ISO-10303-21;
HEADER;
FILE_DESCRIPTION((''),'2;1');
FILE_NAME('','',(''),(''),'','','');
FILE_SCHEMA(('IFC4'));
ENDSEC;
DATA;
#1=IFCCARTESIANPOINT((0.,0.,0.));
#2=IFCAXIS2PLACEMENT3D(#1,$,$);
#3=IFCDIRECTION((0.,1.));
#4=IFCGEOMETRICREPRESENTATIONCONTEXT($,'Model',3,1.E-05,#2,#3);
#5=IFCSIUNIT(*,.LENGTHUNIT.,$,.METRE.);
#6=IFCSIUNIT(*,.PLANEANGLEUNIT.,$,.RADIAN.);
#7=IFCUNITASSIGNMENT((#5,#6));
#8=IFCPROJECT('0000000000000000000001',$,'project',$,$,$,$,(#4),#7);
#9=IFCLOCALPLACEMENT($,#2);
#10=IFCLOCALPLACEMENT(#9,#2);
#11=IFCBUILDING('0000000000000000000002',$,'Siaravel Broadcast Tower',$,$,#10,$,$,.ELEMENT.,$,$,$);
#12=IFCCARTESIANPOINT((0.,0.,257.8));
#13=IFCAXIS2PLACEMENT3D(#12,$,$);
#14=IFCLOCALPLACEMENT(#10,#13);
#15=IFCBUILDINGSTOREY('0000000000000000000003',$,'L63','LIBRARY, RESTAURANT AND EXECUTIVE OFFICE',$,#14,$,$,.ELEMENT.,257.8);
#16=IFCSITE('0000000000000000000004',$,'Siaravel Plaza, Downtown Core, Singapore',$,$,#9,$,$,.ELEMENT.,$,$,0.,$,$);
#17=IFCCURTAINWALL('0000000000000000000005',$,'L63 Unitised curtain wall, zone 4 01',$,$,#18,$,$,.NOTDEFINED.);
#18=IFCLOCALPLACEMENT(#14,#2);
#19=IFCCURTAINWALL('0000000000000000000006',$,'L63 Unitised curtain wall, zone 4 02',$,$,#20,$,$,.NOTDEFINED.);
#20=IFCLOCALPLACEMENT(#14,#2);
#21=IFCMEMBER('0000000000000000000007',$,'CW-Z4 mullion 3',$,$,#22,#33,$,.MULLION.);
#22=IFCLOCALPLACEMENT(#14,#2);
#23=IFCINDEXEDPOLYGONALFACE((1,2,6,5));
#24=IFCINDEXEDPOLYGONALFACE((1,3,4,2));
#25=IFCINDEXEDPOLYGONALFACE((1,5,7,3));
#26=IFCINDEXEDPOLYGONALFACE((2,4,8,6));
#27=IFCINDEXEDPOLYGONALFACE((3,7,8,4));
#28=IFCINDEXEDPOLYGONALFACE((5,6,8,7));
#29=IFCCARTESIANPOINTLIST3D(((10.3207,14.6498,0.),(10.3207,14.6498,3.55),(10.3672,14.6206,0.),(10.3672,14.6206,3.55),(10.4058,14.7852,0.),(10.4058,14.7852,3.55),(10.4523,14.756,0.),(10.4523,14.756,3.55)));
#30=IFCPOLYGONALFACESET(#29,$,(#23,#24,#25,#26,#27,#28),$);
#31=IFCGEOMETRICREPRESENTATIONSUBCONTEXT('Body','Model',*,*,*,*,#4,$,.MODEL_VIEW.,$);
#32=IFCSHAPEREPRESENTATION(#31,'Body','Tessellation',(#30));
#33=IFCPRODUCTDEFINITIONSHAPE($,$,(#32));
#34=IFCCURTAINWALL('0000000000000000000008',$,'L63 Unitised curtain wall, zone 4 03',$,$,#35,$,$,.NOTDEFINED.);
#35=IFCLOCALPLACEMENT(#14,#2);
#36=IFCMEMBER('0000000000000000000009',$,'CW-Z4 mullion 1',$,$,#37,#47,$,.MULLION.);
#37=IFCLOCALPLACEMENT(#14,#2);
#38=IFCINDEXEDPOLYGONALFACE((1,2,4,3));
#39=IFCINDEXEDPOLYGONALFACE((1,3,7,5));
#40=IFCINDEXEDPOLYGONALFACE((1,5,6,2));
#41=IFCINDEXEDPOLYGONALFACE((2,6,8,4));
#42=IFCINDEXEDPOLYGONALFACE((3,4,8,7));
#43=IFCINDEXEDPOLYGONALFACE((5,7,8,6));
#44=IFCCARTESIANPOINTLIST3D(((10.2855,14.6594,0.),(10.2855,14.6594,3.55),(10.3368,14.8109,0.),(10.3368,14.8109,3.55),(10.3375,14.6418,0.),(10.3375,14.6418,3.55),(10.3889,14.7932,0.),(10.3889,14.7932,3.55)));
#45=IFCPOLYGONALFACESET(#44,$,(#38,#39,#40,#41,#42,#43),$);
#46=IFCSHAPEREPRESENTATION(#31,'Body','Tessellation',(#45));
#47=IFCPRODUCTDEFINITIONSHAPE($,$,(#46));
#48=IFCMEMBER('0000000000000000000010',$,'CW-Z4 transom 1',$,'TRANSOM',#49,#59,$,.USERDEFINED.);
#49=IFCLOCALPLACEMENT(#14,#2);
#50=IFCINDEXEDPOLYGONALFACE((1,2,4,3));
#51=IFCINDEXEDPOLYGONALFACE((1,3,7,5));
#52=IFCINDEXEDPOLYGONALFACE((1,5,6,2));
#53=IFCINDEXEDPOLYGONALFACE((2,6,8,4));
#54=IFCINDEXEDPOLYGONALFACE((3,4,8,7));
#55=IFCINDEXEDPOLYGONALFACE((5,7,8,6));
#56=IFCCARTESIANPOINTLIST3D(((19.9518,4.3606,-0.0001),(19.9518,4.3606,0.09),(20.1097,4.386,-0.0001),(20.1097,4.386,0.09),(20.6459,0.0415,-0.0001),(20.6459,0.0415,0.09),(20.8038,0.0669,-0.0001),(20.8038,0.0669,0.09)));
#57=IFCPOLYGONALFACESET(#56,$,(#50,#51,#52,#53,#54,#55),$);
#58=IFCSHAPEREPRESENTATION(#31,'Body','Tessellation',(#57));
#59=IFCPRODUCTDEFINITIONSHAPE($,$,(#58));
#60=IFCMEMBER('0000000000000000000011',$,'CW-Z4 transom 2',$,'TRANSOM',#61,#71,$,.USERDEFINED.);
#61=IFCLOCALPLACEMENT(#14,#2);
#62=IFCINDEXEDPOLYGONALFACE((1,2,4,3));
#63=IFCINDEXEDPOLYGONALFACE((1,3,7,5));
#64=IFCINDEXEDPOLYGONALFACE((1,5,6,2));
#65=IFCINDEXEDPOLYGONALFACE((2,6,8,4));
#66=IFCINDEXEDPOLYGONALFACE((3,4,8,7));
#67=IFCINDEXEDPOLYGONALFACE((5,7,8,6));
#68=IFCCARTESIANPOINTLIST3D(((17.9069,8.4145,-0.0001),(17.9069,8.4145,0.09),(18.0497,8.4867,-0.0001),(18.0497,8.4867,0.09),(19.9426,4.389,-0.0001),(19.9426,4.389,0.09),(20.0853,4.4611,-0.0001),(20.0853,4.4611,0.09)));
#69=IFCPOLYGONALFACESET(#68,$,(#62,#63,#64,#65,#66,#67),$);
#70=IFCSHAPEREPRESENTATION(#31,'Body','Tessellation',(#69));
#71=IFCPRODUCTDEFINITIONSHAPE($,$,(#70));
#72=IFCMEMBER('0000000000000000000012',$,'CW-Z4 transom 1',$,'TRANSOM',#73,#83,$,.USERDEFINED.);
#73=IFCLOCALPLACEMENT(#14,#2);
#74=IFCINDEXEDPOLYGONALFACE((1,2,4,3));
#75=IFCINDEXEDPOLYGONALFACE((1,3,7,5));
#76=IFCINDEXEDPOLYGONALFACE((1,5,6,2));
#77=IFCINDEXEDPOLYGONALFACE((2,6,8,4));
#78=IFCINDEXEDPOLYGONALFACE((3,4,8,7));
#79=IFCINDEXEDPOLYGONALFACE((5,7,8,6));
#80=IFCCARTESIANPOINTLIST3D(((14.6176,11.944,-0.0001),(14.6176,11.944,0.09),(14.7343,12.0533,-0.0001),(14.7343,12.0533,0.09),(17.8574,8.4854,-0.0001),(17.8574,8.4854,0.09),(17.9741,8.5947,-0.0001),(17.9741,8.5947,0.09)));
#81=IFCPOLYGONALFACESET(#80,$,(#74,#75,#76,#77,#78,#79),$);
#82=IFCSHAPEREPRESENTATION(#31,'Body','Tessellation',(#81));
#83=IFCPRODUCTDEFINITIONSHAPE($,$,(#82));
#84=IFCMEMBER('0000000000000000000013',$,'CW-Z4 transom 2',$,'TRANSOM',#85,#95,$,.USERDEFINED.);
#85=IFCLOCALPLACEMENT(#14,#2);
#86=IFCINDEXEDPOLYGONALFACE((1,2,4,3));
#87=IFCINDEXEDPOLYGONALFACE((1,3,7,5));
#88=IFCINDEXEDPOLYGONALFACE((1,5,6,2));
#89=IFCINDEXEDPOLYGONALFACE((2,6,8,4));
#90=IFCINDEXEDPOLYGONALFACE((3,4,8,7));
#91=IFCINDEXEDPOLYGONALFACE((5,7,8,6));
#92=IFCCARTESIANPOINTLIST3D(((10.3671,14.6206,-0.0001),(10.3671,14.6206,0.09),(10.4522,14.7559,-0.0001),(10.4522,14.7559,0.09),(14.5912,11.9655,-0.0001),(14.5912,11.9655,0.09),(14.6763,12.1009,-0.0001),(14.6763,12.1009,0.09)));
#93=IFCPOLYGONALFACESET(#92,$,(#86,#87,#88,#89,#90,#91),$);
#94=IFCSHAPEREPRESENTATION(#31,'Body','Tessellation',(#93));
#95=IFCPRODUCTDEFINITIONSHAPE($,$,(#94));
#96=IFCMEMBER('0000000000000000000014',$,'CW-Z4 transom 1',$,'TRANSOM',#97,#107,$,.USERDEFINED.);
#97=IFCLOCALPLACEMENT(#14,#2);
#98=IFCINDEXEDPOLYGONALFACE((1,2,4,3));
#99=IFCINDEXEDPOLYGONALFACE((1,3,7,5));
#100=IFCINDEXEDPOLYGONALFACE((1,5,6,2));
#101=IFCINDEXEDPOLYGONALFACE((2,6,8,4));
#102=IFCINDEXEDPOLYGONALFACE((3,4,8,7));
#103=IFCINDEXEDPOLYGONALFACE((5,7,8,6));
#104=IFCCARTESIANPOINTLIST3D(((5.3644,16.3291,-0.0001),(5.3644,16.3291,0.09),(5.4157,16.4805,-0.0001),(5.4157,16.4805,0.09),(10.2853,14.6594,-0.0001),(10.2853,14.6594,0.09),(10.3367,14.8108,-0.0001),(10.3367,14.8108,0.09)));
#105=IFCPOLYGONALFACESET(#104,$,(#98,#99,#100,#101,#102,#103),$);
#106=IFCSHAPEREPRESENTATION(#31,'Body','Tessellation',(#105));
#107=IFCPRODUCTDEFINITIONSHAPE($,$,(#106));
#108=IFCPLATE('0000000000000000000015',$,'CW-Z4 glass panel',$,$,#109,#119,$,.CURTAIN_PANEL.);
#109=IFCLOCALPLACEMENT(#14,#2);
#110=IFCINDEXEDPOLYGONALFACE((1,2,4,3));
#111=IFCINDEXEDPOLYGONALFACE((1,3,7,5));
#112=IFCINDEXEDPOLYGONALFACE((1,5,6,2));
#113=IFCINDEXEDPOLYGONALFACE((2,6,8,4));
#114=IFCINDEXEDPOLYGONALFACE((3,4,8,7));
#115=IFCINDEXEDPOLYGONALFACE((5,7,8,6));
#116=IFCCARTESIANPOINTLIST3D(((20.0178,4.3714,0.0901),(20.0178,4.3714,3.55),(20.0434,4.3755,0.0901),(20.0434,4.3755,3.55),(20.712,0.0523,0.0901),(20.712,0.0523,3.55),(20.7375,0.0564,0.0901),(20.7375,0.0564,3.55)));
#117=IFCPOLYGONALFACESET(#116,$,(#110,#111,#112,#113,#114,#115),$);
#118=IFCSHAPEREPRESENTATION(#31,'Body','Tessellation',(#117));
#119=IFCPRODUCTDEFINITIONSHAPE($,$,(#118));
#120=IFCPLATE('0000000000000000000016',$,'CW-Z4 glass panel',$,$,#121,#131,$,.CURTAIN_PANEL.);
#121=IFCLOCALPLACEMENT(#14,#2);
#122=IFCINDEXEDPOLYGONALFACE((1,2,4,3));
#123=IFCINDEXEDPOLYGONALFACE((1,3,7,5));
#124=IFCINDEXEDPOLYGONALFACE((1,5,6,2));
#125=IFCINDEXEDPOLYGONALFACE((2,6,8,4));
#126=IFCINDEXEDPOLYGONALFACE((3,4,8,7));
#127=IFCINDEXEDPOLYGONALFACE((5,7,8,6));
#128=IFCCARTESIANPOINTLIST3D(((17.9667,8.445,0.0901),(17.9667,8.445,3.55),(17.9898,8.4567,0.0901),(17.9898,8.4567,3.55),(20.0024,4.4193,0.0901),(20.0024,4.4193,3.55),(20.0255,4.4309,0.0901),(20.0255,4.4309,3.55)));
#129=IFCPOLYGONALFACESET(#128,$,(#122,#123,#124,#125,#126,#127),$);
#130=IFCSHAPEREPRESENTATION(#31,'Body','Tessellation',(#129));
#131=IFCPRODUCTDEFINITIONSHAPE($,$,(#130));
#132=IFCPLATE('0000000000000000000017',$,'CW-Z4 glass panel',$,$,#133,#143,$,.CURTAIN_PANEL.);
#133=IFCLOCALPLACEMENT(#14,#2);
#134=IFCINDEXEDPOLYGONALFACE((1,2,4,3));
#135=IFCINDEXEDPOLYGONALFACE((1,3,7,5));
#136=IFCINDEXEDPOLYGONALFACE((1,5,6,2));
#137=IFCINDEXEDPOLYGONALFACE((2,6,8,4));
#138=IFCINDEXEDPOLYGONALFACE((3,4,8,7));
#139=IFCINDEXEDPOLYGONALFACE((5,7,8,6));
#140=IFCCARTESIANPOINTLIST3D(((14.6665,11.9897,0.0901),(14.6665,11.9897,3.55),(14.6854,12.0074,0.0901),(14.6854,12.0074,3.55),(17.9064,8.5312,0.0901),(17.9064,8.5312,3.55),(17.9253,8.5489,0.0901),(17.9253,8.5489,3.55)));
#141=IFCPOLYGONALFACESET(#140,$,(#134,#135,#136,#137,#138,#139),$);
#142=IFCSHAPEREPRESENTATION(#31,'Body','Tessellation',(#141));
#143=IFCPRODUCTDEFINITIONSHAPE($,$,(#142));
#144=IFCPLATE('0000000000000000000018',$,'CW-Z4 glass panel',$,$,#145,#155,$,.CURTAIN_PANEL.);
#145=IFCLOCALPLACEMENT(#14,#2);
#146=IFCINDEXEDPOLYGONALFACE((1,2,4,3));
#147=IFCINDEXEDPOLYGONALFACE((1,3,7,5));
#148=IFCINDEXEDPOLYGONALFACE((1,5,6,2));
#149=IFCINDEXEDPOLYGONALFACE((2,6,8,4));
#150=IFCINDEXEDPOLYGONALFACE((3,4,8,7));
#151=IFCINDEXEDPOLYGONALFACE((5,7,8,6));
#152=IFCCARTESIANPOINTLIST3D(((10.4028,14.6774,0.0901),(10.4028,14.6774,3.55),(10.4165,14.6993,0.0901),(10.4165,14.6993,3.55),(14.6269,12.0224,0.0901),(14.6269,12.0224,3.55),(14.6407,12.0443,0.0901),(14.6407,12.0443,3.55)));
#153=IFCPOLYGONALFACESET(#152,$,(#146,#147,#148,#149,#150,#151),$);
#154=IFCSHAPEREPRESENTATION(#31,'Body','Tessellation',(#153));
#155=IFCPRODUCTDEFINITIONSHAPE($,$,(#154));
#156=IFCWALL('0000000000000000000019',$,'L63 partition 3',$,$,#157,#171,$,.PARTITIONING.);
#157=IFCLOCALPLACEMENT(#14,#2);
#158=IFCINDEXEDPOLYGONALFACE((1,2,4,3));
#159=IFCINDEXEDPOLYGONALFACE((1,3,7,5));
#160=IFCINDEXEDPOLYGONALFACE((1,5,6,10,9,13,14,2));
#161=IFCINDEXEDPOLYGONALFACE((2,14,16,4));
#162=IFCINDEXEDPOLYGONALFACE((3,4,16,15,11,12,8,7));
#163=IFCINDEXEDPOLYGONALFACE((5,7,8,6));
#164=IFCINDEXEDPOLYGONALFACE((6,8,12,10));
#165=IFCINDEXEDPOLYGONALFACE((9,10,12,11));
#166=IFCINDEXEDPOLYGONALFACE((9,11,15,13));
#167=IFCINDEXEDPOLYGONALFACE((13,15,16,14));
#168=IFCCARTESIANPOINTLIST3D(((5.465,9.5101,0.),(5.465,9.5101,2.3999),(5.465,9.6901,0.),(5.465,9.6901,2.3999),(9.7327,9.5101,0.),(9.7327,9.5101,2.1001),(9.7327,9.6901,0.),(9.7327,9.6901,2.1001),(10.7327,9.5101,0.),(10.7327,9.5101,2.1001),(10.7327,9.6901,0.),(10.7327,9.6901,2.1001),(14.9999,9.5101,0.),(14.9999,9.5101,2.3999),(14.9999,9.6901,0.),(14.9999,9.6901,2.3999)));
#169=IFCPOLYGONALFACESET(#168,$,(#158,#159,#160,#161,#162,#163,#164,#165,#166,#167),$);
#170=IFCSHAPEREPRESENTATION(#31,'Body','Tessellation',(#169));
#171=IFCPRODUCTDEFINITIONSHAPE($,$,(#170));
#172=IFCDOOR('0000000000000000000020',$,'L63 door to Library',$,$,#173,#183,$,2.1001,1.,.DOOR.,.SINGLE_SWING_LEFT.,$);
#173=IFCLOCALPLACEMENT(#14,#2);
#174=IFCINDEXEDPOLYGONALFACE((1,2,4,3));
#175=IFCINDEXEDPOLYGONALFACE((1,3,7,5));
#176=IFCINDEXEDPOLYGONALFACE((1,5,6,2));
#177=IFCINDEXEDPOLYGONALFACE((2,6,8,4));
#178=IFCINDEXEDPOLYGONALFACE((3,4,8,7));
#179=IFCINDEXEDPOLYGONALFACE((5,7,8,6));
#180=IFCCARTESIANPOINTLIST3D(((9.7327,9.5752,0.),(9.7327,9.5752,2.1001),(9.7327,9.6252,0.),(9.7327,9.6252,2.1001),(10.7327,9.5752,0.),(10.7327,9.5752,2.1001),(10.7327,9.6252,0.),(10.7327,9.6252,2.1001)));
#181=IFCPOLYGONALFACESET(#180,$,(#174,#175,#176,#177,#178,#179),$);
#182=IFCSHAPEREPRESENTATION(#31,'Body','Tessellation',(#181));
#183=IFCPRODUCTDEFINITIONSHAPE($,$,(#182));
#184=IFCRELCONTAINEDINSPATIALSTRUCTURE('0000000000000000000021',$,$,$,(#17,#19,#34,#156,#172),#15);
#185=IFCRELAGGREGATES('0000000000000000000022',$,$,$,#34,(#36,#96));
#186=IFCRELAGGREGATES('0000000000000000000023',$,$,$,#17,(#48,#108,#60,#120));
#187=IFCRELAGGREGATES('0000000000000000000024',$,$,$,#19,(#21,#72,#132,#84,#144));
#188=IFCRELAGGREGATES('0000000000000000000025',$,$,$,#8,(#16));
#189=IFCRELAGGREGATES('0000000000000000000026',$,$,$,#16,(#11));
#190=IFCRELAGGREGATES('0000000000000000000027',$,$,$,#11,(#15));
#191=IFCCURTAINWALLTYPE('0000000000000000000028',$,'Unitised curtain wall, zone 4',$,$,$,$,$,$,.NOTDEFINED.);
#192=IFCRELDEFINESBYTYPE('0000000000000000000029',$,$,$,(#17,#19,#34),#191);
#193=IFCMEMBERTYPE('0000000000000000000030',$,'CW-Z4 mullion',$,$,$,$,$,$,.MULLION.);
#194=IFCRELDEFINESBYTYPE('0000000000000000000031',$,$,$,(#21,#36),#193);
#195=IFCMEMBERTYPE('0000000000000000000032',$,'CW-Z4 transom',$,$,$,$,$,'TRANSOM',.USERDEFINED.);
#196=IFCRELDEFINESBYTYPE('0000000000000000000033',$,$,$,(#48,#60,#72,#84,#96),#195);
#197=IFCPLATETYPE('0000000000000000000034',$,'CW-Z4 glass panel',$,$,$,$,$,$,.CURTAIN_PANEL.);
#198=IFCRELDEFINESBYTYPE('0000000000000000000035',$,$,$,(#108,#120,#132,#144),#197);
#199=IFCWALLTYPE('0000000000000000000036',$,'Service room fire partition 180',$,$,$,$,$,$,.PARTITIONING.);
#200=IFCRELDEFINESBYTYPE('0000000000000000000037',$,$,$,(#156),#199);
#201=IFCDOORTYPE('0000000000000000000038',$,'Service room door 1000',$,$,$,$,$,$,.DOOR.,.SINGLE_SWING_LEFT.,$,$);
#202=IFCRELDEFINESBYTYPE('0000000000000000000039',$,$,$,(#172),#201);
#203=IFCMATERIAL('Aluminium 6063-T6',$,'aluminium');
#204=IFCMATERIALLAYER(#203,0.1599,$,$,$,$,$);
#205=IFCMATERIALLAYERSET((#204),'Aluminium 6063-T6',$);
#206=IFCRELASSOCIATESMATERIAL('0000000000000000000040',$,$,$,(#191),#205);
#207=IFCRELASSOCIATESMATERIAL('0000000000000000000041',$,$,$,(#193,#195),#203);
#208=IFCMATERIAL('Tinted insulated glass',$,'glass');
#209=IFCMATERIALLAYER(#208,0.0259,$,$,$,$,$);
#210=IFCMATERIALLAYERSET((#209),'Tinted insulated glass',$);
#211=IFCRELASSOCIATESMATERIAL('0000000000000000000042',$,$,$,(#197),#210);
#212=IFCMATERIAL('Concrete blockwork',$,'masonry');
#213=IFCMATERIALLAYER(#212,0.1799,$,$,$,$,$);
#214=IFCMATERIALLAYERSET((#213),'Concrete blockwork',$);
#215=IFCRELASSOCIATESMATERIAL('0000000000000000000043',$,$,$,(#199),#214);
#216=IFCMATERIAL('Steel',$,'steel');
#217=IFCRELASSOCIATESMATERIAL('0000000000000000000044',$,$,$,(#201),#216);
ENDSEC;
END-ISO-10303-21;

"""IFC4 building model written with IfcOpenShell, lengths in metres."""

from ifc_helpers import new_model, si_unit, direction, frame, frame_2d, origin, origin_2d, place, context, subcontext, project, spatial, rectangle, extrude, material, layer, layer_set, material_profile, profile_set, type_object, element, fill, aggregate, save


model = new_model("IFC4")

# Units and contexts
model_context = context("Model", 3, precision=1e-05, world=origin(), true_north=direction((0.0, 1.0)))
body_context = subcontext(model_context, "Body", "Model", "MODEL_VIEW")
ifc_project = project(units=[si_unit("LENGTHUNIT", "METRE"), si_unit("PLANEANGLEUNIT", "RADIAN")], contexts=[model_context])

# Site, building, storey
site_placement = place(None, origin())
site = spatial("IfcSite", under=ifc_project, at=site_placement, Name="Siaravel Plaza, Downtown Core, Singapore", CompositionType="ELEMENT", RefElevation=0.0)
building_placement = place(site_placement, origin())
building = spatial("IfcBuilding", under=site, at=building_placement, Name="Siaravel Broadcast Tower", CompositionType="ELEMENT")
storey_placement = place(building_placement, frame((0.0, 0.0, 257.8)))
storey = spatial("IfcBuildingStorey", under=building, at=storey_placement, Name="L63", Description="LIBRARY, RESTAURANT AND EXECUTIVE OFFICE", CompositionType="ELEMENT", Elevation=257.8)

# Curtain walls, member
ifc_material_1 = material(Name="Aluminium 6063-T6", Category="aluminium")
ifc_layer_1 = layer(ifc_material_1, 0.1599)
ifc_layer_set_1 = layer_set([ifc_layer_1], Name="Aluminium 6063-T6")
curtain_wall_type = type_object("IfcCurtainWallType", Name="Unitised curtain wall, zone 4", PredefinedType="NOTDEFINED", material=ifc_layer_set_1)
curtain_wall_1_placement = place(storey_placement, origin())
curtain_wall_1 = element("IfcCurtainWall", 1, at=curtain_wall_1_placement, inside=storey, type_object=curtain_wall_type, Name="L63 Unitised curtain wall, zone 4 01", PredefinedType="NOTDEFINED")
ifc_material_profile_1 = material_profile(ifc_material_1, rectangle(XDim=0.1599, YDim=0.0549, at=origin_2d()))
ifc_profile_set_1 = profile_set([ifc_material_profile_1], Name="Aluminium 6063-T6")
member_type_1 = type_object("IfcMemberType", Name="CW-Z4 mullion", PredefinedType="MULLION", material=ifc_profile_set_1)
curtain_wall_2_placement = place(storey_placement, origin())
curtain_wall_2 = element("IfcCurtainWall", 2, at=curtain_wall_2_placement, inside=storey, type_object=curtain_wall_type, Name="L63 Unitised curtain wall, zone 4 02", PredefinedType="NOTDEFINED")
member_1_placement = place(storey_placement, frame((10.3865, 14.7029, 0.0), z_axis=(0.0, 0.0, 1.0), x_axis=(-0.532151, -0.84665, 0.0)))
member_1 = element("IfcMember", 3, at=member_1_placement, type_object=member_type_1, Name="CW-Z4 mullion 3", PredefinedType="MULLION", context=body_context, shape_type="SweptSolid", body=[
    extrude(rectangle(XDim=0.1599, YDim=0.0549, at=origin_2d()), origin(), (0.0, 0.0, 1.0), 3.55),
])

# Curtain wall, member
curtain_wall_3_placement = place(storey_placement, origin())
curtain_wall_3 = element("IfcCurtainWall", 4, at=curtain_wall_3_placement, inside=storey, type_object=curtain_wall_type, Name="L63 Unitised curtain wall, zone 4 03", PredefinedType="NOTDEFINED")
member_2_placement = place(storey_placement, frame((10.3372, 14.7263, 0.0), z_axis=(0.0, 0.0, 1.0), x_axis=(-0.321302, -0.946977, 0.0)))
member_2 = element("IfcMember", 5, at=member_2_placement, type_object=member_type_1, Name="CW-Z4 mullion 1", PredefinedType="MULLION", context=body_context, shape_type="SweptSolid", body=[
    extrude(rectangle(XDim=0.1599, YDim=0.0549, at=origin_2d()), origin(), (0.0, 0.0, 1.0), 3.55),
])

# Members
ifc_material_profile_2 = material_profile(ifc_material_1, rectangle(XDim=0.1599, YDim=0.0901, at=origin_2d()))
ifc_profile_set_2 = profile_set([ifc_material_profile_2], Name="Aluminium 6063-T6")
member_type_2 = type_object("IfcMemberType", Name="CW-Z4 transom", ElementType="TRANSOM", PredefinedType="USERDEFINED", material=ifc_profile_set_2)
member_3_placement = place(storey_placement, frame((20.7249, 0.0542, 0.0449), z_axis=(-0.158667, 0.987332, 0.0), x_axis=(-0.987332, -0.158667, 0.0)))
member_3 = element("IfcMember", 6, at=member_3_placement, type_object=member_type_2, Name="CW-Z4 transom 1", ObjectType="TRANSOM", PredefinedType="USERDEFINED", context=body_context, shape_type="SweptSolid", body=[
    extrude(rectangle(XDim=0.1599, YDim=0.0901, at=origin_2d()), origin(), (0.0, 0.0, 1.0), 4.3745),
])
member_4_placement = place(storey_placement, frame((20.0139, 4.425, 0.0449), z_axis=(-0.451257, 0.892394, 0.0), x_axis=(-0.892394, -0.451257, 0.0)))
member_4 = element("IfcMember", 7, at=member_4_placement, type_object=member_type_2, Name="CW-Z4 transom 2", ObjectType="TRANSOM", PredefinedType="USERDEFINED", context=body_context, shape_type="SweptSolid", body=[
    extrude(rectangle(XDim=0.1599, YDim=0.0901, at=origin_2d()), origin(), (0.0, 0.0, 1.0), 4.511),
])
member_5_placement = place(storey_placement, frame((17.9158, 8.54, 0.0449), z_axis=(-0.68365, 0.72981, 0.0), x_axis=(-0.72981, -0.68365, 0.0)))
member_5 = element("IfcMember", 8, at=member_5_placement, type_object=member_type_2, Name="CW-Z4 transom 1", ObjectType="TRANSOM", PredefinedType="USERDEFINED", context=body_context, shape_type="SweptSolid", body=[
    extrude(rectangle(XDim=0.1599, YDim=0.0901, at=origin_2d()), origin(), (0.0, 0.0, 1.0), 4.739),
])
member_6_placement = place(storey_placement, frame((14.6338, 12.0332, 0.0449), z_axis=(-0.846649, 0.532153, 0.0), x_axis=(-0.532153, -0.846649, 0.0)))
member_6 = element("IfcMember", 9, at=member_6_placement, type_object=member_type_2, Name="CW-Z4 transom 2", ObjectType="TRANSOM", PredefinedType="USERDEFINED", context=body_context, shape_type="SweptSolid", body=[
    extrude(rectangle(XDim=0.1599, YDim=0.0901, at=origin_2d()), origin(), (0.0, 0.0, 1.0), 4.9893),
])
member_7_placement = place(storey_placement, frame((10.311, 14.7351, 0.0449), z_axis=(-0.946974, 0.321311, 0.0), x_axis=(-0.321311, -0.946974, 0.0)))
member_7 = element("IfcMember", 10, at=member_7_placement, type_object=member_type_2, Name="CW-Z4 transom 1", ObjectType="TRANSOM", PredefinedType="USERDEFINED", context=body_context, shape_type="SweptSolid", body=[
    extrude(rectangle(XDim=0.1599, YDim=0.0901, at=origin_2d()), origin(), (0.0, 0.0, 1.0), 5.1965),
])
aggregate(curtain_wall_3, [member_2, member_7])

# Plates
ifc_material_2 = material(Name="Tinted insulated glass", Category="glass")
ifc_layer_2 = layer(ifc_material_2, 0.0259)
ifc_layer_set_2 = layer_set([ifc_layer_2], Name="Tinted insulated glass")
plate_type = type_object("IfcPlateType", Name="CW-Z4 glass panel", PredefinedType="CURTAIN_PANEL", material=ifc_layer_set_2)
plate_1_placement = place(storey_placement, frame((20.3777, 2.2139, 0.0901), z_axis=(0.0, 0.0, 1.0), x_axis=(-0.158685, 0.987329, 0.0)))
plate_1 = element("IfcPlate", 11, at=plate_1_placement, type_object=plate_type, Name="CW-Z4 glass panel", PredefinedType="CURTAIN_PANEL", context=body_context, shape_type="SweptSolid", body=[
    extrude(rectangle(XDim=4.3745, YDim=0.0259, at=origin_2d()), origin(), (0.0, 0.0, 1.0), 3.46),
])
plate_2_placement = place(storey_placement, frame((18.9961, 6.438, 0.0901), z_axis=(0.0, 0.0, 1.0), x_axis=(-0.451259, 0.892393, 0.0)))
plate_2 = element("IfcPlate", 12, at=plate_2_placement, type_object=plate_type, Name="CW-Z4 glass panel", PredefinedType="CURTAIN_PANEL", context=body_context, shape_type="SweptSolid", body=[
    extrude(rectangle(XDim=4.5112, YDim=0.0259, at=origin_2d()), origin(), (0.0, 0.0, 1.0), 3.46),
])
aggregate(curtain_wall_1, [member_3, plate_1, member_4, plate_2])
plate_3_placement = place(storey_placement, frame((16.2959, 10.2693, 0.0901), z_axis=(0.0, 0.0, 1.0), x_axis=(-0.683654, 0.729807, 0.0)))
plate_3 = element("IfcPlate", 13, at=plate_3_placement, type_object=plate_type, Name="CW-Z4 glass panel", PredefinedType="CURTAIN_PANEL", context=body_context, shape_type="SweptSolid", body=[
    extrude(rectangle(XDim=4.739, YDim=0.0259, at=origin_2d()), origin(), (0.0, 0.0, 1.0), 3.46),
])
plate_4_placement = place(storey_placement, frame((12.5217, 13.3608, 0.0901), z_axis=(0.0, 0.0, 1.0), x_axis=(-0.84665, 0.532151, 0.0)))
plate_4 = element("IfcPlate", 14, at=plate_4_placement, type_object=plate_type, Name="CW-Z4 glass panel", PredefinedType="CURTAIN_PANEL", context=body_context, shape_type="SweptSolid", body=[
    extrude(rectangle(XDim=4.9893, YDim=0.0259, at=origin_2d()), origin(), (0.0, 0.0, 1.0), 3.46),
])
aggregate(curtain_wall_2, [member_1, member_5, plate_3, member_6, plate_4])

# Wall, opening, door
ifc_material_3 = material(Name="Concrete blockwork", Category="masonry")
ifc_layer_3 = layer(ifc_material_3, 0.1799)
ifc_layer_set_3 = layer_set([ifc_layer_3], Name="Concrete blockwork")
wall_type_1 = type_object("IfcWallType", Name="Service room fire partition 180", PredefinedType="PARTITIONING", material=ifc_layer_set_3)
wall_1_placement = place(storey_placement, frame((15.0, 9.6001, 0.0), z_axis=(0.0, 0.0, 1.0), x_axis=(-1.0, 0.0, 0.0)))
wall_1 = element("IfcWall", 15, at=wall_1_placement, inside=storey, type_object=wall_type_1, Name="L63 partition 3", PredefinedType="PARTITIONING", context=body_context, shape_type="SweptSolid", body=[
    extrude(rectangle(XDim=9.5349, YDim=0.1799, at=frame_2d((4.7676, 0.0))), origin(), (0.0, 0.0, 1.0), 2.3999),
])
opening_placement = place(wall_1_placement, frame((4.2673, 0.0, 0.0)))
opening = element("IfcOpeningElement", 16, at=opening_placement, cuts=wall_1, PredefinedType="OPENING", context=body_context, shape_type="SweptSolid", body=[
    extrude(rectangle(XDim=1.0, YDim=2.1001, at=frame_2d((0.5, 1.05))), frame((0.0, 0.0999, 0.0), z_axis=(0.0, -1.0, 0.0), x_axis=(1.0, 0.0, 0.0)), (0.0, 0.0, 1.0), 0.2),
])
ifc_material_4 = material(Name="Steel", Category="steel")
door_type = type_object("IfcDoorType", Name="Service room door 1000", OperationType="SINGLE_SWING_LEFT", PredefinedType="DOOR", material=ifc_material_4)
door_placement = place(opening_placement, origin())
door = element("IfcDoor", 17, at=door_placement, inside=storey, type_object=door_type, Name="L63 door to Library", OperationType="SINGLE_SWING_LEFT", OverallHeight=2.1001, OverallWidth=1.0, PredefinedType="DOOR", context=body_context, shape_type="SweptSolid", body=[
    extrude(rectangle(XDim=1.0, YDim=2.1001, at=frame_2d((0.5, 1.05))), frame((0.0, 0.0249, 0.0), z_axis=(0.0, -1.0, 0.0), x_axis=(1.0, 0.0, 0.0)), (0.0, 0.0, 1.0), 0.05),
])
fill(opening, door)

save(model, "model.ifc")
